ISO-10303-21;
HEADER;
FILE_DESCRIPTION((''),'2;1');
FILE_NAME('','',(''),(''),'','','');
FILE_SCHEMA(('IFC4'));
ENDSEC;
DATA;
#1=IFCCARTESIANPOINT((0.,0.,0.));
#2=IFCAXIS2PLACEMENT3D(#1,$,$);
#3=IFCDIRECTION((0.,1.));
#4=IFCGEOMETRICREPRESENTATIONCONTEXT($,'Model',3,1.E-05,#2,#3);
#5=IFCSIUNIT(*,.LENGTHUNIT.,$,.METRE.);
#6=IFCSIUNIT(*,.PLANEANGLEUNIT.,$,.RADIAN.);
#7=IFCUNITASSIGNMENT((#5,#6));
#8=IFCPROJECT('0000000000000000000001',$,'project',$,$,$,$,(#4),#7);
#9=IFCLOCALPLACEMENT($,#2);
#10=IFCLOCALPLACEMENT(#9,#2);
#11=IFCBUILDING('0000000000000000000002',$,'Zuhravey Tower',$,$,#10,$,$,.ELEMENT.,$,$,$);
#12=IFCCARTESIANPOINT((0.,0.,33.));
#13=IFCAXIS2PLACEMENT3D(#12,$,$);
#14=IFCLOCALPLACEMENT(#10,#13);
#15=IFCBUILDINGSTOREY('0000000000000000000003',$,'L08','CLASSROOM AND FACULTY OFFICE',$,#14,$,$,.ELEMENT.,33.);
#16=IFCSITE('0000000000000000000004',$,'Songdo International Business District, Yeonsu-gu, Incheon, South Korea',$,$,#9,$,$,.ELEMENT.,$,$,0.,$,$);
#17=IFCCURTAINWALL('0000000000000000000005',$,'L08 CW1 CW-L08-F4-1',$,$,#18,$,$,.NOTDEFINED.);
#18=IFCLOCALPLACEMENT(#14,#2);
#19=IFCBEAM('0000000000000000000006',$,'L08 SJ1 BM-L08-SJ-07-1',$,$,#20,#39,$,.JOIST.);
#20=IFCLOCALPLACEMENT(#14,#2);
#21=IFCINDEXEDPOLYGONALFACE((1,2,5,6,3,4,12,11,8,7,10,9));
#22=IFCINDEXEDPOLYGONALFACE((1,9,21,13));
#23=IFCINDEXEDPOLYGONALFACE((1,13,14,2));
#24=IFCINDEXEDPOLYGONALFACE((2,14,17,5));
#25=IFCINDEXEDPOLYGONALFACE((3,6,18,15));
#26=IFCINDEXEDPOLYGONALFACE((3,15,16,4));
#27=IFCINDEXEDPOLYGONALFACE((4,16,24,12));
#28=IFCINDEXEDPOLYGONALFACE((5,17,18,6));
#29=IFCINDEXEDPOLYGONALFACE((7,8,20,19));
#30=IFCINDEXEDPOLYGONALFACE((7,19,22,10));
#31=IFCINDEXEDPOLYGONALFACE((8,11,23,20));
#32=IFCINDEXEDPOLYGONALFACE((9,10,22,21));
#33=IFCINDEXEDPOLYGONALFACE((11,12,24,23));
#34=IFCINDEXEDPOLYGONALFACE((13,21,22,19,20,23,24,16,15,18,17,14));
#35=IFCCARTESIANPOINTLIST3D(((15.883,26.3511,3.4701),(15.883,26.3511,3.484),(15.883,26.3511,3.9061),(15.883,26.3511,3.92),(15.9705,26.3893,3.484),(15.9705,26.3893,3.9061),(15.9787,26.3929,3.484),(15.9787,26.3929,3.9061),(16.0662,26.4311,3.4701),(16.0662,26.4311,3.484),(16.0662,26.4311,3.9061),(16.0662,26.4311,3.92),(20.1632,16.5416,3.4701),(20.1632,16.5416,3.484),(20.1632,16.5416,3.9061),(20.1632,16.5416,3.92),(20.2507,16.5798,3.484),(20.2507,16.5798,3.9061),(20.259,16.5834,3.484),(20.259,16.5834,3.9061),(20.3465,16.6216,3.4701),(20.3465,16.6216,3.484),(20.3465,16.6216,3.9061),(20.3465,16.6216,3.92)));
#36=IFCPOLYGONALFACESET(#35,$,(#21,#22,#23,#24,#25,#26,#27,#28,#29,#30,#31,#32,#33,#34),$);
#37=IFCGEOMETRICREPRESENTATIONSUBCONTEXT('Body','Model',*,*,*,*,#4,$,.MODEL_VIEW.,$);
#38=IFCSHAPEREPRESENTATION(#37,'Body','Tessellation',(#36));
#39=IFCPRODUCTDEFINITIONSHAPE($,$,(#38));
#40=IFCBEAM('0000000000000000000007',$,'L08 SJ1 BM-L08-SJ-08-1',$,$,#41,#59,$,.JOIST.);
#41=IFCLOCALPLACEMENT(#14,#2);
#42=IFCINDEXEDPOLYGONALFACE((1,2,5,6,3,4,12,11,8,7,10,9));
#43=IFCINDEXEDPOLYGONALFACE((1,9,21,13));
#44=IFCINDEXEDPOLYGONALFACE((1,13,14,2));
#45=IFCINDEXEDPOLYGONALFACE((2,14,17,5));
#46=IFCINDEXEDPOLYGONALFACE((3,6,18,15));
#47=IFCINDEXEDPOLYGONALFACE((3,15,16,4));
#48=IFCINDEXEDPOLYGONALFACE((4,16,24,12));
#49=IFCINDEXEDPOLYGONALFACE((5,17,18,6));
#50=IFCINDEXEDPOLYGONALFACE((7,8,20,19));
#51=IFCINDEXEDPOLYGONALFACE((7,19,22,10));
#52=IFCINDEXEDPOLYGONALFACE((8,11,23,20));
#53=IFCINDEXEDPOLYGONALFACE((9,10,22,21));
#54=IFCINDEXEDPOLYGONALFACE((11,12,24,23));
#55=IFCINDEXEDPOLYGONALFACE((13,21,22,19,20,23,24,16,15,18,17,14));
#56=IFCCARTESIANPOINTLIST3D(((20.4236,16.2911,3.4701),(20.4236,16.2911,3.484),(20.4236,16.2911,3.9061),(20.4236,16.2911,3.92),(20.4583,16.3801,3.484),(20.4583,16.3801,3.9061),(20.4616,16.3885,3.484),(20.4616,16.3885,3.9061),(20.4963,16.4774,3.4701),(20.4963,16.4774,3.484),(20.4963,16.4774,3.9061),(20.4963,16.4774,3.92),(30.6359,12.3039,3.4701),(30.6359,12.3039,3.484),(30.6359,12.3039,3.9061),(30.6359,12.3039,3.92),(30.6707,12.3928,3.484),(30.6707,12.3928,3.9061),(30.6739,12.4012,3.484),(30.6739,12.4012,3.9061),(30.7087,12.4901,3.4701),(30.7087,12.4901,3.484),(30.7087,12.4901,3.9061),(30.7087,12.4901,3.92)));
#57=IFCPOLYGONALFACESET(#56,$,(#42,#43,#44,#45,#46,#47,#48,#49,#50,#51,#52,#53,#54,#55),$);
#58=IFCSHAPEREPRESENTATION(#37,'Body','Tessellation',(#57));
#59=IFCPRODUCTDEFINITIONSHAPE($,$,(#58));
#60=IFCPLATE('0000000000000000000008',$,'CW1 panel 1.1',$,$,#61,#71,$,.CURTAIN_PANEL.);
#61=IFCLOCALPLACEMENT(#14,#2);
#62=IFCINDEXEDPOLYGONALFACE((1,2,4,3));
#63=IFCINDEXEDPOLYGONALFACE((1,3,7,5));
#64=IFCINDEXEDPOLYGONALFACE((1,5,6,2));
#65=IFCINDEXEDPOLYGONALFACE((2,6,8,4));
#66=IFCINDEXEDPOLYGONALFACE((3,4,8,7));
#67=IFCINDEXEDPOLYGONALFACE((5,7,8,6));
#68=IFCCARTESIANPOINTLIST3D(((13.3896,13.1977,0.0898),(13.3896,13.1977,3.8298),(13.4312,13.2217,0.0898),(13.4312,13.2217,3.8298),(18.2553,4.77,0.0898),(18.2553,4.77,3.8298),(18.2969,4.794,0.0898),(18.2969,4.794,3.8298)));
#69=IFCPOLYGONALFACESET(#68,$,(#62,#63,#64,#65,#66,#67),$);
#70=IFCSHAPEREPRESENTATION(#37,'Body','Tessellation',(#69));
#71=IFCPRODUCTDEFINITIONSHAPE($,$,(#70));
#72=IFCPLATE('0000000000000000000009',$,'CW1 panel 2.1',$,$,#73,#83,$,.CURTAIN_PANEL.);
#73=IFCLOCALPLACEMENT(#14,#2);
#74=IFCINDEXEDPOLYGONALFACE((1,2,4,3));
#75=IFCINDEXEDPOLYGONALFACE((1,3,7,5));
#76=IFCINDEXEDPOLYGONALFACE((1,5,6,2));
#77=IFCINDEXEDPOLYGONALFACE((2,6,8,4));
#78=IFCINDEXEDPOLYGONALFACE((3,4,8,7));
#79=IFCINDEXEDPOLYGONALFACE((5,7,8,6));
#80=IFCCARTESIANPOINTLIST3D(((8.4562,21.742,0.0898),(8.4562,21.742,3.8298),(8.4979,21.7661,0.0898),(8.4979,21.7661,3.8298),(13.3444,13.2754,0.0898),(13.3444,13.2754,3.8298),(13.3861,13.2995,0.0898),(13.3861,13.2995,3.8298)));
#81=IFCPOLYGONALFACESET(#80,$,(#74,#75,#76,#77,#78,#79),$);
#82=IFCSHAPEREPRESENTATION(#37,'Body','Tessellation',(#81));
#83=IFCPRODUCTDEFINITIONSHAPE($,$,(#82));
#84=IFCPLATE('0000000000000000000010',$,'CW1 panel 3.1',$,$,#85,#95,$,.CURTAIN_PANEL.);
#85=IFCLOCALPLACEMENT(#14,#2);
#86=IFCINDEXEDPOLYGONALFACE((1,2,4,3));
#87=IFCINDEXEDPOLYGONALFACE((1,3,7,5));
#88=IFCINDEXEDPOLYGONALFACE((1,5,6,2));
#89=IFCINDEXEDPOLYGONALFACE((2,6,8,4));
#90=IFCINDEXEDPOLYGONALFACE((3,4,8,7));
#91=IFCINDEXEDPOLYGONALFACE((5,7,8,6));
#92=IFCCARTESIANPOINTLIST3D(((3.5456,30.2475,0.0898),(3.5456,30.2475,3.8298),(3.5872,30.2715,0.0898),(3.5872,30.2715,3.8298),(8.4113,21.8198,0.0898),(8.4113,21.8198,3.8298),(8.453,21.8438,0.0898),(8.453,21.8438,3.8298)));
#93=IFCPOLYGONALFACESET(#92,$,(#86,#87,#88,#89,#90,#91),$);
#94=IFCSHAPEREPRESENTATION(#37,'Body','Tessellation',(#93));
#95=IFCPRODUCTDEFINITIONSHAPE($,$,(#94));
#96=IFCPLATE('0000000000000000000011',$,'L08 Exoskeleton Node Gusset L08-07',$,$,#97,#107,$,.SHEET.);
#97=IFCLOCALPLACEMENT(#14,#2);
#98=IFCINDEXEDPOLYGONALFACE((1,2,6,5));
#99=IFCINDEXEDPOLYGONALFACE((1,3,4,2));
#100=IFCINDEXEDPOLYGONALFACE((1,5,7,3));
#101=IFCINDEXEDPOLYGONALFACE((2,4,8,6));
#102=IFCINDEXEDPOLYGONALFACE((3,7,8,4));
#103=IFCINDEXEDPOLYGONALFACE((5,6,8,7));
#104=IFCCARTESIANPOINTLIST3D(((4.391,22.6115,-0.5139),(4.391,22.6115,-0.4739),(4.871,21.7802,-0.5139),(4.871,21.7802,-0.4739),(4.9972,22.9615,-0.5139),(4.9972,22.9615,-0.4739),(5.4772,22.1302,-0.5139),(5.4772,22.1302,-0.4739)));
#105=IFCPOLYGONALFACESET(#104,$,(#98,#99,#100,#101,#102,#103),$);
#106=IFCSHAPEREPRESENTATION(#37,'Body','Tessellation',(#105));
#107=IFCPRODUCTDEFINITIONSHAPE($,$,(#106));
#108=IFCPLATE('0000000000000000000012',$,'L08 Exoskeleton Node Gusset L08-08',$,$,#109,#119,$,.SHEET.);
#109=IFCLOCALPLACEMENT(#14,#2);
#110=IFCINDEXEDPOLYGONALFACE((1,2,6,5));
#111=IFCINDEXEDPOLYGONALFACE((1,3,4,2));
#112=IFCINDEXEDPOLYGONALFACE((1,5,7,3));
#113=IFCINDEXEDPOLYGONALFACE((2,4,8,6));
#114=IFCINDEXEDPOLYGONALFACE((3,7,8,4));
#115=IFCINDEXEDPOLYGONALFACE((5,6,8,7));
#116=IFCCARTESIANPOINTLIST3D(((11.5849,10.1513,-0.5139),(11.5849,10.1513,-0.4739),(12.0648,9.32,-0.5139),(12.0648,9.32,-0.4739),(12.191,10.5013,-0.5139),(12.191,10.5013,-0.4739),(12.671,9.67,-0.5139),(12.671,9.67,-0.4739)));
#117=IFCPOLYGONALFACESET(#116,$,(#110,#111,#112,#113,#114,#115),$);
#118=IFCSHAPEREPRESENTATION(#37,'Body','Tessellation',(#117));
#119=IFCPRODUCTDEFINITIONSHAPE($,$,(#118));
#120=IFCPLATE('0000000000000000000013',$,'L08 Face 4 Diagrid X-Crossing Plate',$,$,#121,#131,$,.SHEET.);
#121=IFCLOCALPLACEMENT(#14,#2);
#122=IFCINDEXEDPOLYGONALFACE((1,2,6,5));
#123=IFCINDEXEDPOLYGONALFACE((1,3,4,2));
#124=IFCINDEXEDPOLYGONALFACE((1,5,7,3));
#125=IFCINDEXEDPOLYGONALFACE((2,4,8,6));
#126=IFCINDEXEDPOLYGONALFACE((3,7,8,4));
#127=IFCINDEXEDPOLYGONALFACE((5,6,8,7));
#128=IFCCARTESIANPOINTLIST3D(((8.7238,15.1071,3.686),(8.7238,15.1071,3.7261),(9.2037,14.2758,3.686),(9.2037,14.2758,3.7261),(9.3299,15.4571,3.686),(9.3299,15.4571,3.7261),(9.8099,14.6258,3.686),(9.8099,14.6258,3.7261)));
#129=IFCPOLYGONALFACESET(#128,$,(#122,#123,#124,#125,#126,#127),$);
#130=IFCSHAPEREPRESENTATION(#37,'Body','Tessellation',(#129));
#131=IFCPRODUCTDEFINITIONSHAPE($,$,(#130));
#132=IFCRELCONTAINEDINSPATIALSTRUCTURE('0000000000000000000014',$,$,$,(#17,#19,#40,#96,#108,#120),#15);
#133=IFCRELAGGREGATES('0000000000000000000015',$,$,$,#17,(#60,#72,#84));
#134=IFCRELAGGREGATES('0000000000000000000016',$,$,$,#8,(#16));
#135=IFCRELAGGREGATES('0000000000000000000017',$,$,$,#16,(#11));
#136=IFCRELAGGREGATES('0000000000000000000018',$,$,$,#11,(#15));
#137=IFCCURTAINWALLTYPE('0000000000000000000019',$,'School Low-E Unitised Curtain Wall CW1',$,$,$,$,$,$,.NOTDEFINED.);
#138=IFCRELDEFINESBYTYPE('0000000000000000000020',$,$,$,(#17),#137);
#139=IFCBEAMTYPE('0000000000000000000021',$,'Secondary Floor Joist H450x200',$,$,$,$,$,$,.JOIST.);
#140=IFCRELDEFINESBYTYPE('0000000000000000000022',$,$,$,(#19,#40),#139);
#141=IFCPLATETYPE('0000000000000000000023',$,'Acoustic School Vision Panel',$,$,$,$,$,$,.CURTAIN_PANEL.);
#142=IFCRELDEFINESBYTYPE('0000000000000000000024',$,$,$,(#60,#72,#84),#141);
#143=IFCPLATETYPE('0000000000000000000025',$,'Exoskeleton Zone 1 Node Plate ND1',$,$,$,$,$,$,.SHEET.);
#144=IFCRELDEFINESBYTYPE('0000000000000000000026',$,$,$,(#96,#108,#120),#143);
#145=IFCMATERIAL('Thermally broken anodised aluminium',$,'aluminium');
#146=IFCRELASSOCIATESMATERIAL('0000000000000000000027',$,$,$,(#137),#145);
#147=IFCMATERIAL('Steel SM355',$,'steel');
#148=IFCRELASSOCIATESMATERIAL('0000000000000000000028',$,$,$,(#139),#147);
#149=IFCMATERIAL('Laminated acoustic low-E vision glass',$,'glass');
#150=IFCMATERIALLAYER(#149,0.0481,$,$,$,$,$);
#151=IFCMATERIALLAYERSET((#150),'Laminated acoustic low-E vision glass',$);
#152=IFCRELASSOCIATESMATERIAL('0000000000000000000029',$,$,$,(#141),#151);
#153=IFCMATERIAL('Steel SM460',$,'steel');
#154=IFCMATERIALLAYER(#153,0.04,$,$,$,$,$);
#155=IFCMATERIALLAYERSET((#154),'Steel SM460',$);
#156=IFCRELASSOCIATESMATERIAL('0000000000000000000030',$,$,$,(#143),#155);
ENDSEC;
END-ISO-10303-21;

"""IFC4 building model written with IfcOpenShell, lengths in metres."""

from ifc_helpers import new_model, si_unit, direction, frame, origin, origin_2d, place, context, subcontext, project, spatial, rectangle, i_section, extrude, material, layer, layer_set, material_profile, profile_set, type_object, element, aggregate, save


model = new_model("IFC4")

# Units and contexts
model_context = context("Model", 3, precision=1e-05, world=origin(), true_north=direction((0.0, 1.0)))
body_context = subcontext(model_context, "Body", "Model", "MODEL_VIEW")
ifc_project = project(units=[si_unit("LENGTHUNIT", "METRE"), si_unit("PLANEANGLEUNIT", "RADIAN")], contexts=[model_context])

# Site, building, storey
site_placement = place(None, origin())
site = spatial("IfcSite", under=ifc_project, at=site_placement, Name="Songdo International Business District, Yeonsu-gu, Incheon, South Korea", CompositionType="ELEMENT", RefElevation=0.0)
building_placement = place(site_placement, origin())
building = spatial("IfcBuilding", under=site, at=building_placement, Name="Zuhravey Tower", CompositionType="ELEMENT")
storey_placement = place(building_placement, frame((0.0, 0.0, 33.0)))
storey = spatial("IfcBuildingStorey", under=building, at=storey_placement, Name="L08", Description="CLASSROOM AND FACULTY OFFICE", CompositionType="ELEMENT", Elevation=33.0)

# Shared definitions
ifc_material_1 = material(Name="Thermally broken anodised aluminium", Category="aluminium")
curtain_wall_type = type_object("IfcCurtainWallType", Name="School Low-E Unitised Curtain Wall CW1", PredefinedType="NOTDEFINED", material=ifc_material_1)

# Curtain wall
curtain_wall_1_placement = place(storey_placement, origin())
curtain_wall_1 = element("IfcCurtainWall", 1, at=curtain_wall_1_placement, inside=storey, type_object=curtain_wall_type, Name="L08 CW1 CW-L08-F4-1", PredefinedType="NOTDEFINED")

# Shared definitions
ifc_material_2 = material(Name="Steel SM355", Category="steel")
ifc_material_3 = material(Name="Steel SM460", Category="steel")

# Beams
ifc_material_profile_1 = material_profile(ifc_material_2, i_section(OverallWidth=0.2, OverallDepth=0.45, WebThickness=0.009, FlangeThickness=0.0139, at=origin_2d()), Name="H-450x200x9x14")
ifc_profile_set_1 = profile_set([ifc_material_profile_1], Name="Steel SM355")
beam_type_1 = type_object("IfcBeamType", Name="Secondary Floor Joist H450x200", PredefinedType="JOIST", material=ifc_profile_set_1)
beam_1_placement = place(storey_placement, frame((15.9746, 26.3911, 3.6951), z_axis=(0.399924, -0.916549, 0.0), x_axis=(0.916549, 0.399924, 0.0)))
element("IfcBeam", 2, at=beam_1_placement, inside=storey, type_object=beam_type_1, Name="L08 SJ1 BM-L08-SJ-07-1", PredefinedType="JOIST", context=body_context, shape_type="SweptSolid", body=[
    extrude(i_section(OverallWidth=0.2, OverallDepth=0.45, WebThickness=0.009, FlangeThickness=0.0139, at=origin_2d()), origin(), (0.0, 0.0, 1.0), 10.7026),
])
beam_2_placement = place(storey_placement, frame((20.46, 16.3843, 3.6951), z_axis=(0.931517, -0.363699, 0.0), x_axis=(0.363699, 0.931517, 0.0)))
element("IfcBeam", 3, at=beam_2_placement, inside=storey, type_object=beam_type_1, Name="L08 SJ1 BM-L08-SJ-08-1", PredefinedType="JOIST", context=body_context, shape_type="SweptSolid", body=[
    extrude(i_section(OverallWidth=0.2, OverallDepth=0.45, WebThickness=0.009, FlangeThickness=0.0139, at=origin_2d()), origin(), (0.0, 0.0, 1.0), 10.9631),
])

# Plates
ifc_material_4 = material(Name="Laminated acoustic low-E vision glass", Category="glass")
ifc_layer_1 = layer(ifc_material_4, 0.0481)
ifc_layer_set_1 = layer_set([ifc_layer_1], Name="Laminated acoustic low-E vision glass")
plate_type_1 = type_object("IfcPlateType", Name="Acoustic School Vision Panel", PredefinedType="CURTAIN_PANEL", material=ifc_layer_set_1)
plate_1_placement = place(storey_placement, frame((15.8433, 8.9958, 0.0898), z_axis=(0.0, 0.0, 1.0), x_axis=(-0.5, 0.866026, 0.0)))
plate_1 = element("IfcPlate", 4, at=plate_1_placement, type_object=plate_type_1, Name="CW1 panel 1.1", PredefinedType="CURTAIN_PANEL", context=body_context, shape_type="SweptSolid", body=[
    extrude(rectangle(XDim=9.7314, YDim=0.0481, at=origin_2d()), origin(), (0.0, 0.0, 1.0), 3.74),
])
plate_2_placement = place(storey_placement, frame((10.9211, 17.5208, 0.0898), z_axis=(0.0, 0.0, 1.0), x_axis=(-0.5, 0.866026, 0.0)))
plate_2 = element("IfcPlate", 5, at=plate_2_placement, type_object=plate_type_1, Name="CW1 panel 2.1", PredefinedType="CURTAIN_PANEL", context=body_context, shape_type="SweptSolid", body=[
    extrude(rectangle(XDim=9.7764, YDim=0.0481, at=origin_2d()), origin(), (0.0, 0.0, 1.0), 3.74),
])
plate_3_placement = place(storey_placement, frame((5.9993, 26.0457, 0.0898), z_axis=(0.0, 0.0, 1.0), x_axis=(-0.5, 0.866026, 0.0)))
plate_3 = element("IfcPlate", 6, at=plate_3_placement, type_object=plate_type_1, Name="CW1 panel 3.1", PredefinedType="CURTAIN_PANEL", context=body_context, shape_type="SweptSolid", body=[
    extrude(rectangle(XDim=9.7314, YDim=0.0481, at=origin_2d()), origin(), (0.0, 0.0, 1.0), 3.74),
])
aggregate(curtain_wall_1, [plate_1, plate_2, plate_3])

# Plates
ifc_layer_2 = layer(ifc_material_3, 0.04)
ifc_layer_set_2 = layer_set([ifc_layer_2], Name="Steel SM460")
plate_type_2 = type_object("IfcPlateType", Name="Exoskeleton Zone 1 Node Plate ND1", PredefinedType="SHEET", material=ifc_layer_set_2)
for number, where, z_axis, x_axis, name in (
    (7, (4.9341, 22.3708, -0.5139), (0.0, 0.0, 1.0), (0.5, -0.866025, 0.0), "L08 Exoskeleton Node Gusset L08-07"),
    (8, (12.1279, 9.9106, -0.5139), (0.0, 0.0, 1.0), (0.5, -0.866025, 0.0), "L08 Exoskeleton Node Gusset L08-08"),
    (9, (9.2668, 14.8665, 3.686), (0.0, 0.0, 1.0), (0.5, -0.866025, 0.0), "L08 Face 4 Diagrid X-Crossing Plate"),
):
    element("IfcPlate", number, at=place(storey_placement, frame(where, z_axis=z_axis, x_axis=x_axis)), inside=storey, type_object=plate_type_2, Name=name, PredefinedType="SHEET", context=body_context, shape_type="SweptSolid", body=[
        extrude(rectangle(XDim=0.96, YDim=0.7, at=origin_2d()), origin(), (0.0, 0.0, 1.0), 0.04),
    ])

save(model, "model.ifc")
